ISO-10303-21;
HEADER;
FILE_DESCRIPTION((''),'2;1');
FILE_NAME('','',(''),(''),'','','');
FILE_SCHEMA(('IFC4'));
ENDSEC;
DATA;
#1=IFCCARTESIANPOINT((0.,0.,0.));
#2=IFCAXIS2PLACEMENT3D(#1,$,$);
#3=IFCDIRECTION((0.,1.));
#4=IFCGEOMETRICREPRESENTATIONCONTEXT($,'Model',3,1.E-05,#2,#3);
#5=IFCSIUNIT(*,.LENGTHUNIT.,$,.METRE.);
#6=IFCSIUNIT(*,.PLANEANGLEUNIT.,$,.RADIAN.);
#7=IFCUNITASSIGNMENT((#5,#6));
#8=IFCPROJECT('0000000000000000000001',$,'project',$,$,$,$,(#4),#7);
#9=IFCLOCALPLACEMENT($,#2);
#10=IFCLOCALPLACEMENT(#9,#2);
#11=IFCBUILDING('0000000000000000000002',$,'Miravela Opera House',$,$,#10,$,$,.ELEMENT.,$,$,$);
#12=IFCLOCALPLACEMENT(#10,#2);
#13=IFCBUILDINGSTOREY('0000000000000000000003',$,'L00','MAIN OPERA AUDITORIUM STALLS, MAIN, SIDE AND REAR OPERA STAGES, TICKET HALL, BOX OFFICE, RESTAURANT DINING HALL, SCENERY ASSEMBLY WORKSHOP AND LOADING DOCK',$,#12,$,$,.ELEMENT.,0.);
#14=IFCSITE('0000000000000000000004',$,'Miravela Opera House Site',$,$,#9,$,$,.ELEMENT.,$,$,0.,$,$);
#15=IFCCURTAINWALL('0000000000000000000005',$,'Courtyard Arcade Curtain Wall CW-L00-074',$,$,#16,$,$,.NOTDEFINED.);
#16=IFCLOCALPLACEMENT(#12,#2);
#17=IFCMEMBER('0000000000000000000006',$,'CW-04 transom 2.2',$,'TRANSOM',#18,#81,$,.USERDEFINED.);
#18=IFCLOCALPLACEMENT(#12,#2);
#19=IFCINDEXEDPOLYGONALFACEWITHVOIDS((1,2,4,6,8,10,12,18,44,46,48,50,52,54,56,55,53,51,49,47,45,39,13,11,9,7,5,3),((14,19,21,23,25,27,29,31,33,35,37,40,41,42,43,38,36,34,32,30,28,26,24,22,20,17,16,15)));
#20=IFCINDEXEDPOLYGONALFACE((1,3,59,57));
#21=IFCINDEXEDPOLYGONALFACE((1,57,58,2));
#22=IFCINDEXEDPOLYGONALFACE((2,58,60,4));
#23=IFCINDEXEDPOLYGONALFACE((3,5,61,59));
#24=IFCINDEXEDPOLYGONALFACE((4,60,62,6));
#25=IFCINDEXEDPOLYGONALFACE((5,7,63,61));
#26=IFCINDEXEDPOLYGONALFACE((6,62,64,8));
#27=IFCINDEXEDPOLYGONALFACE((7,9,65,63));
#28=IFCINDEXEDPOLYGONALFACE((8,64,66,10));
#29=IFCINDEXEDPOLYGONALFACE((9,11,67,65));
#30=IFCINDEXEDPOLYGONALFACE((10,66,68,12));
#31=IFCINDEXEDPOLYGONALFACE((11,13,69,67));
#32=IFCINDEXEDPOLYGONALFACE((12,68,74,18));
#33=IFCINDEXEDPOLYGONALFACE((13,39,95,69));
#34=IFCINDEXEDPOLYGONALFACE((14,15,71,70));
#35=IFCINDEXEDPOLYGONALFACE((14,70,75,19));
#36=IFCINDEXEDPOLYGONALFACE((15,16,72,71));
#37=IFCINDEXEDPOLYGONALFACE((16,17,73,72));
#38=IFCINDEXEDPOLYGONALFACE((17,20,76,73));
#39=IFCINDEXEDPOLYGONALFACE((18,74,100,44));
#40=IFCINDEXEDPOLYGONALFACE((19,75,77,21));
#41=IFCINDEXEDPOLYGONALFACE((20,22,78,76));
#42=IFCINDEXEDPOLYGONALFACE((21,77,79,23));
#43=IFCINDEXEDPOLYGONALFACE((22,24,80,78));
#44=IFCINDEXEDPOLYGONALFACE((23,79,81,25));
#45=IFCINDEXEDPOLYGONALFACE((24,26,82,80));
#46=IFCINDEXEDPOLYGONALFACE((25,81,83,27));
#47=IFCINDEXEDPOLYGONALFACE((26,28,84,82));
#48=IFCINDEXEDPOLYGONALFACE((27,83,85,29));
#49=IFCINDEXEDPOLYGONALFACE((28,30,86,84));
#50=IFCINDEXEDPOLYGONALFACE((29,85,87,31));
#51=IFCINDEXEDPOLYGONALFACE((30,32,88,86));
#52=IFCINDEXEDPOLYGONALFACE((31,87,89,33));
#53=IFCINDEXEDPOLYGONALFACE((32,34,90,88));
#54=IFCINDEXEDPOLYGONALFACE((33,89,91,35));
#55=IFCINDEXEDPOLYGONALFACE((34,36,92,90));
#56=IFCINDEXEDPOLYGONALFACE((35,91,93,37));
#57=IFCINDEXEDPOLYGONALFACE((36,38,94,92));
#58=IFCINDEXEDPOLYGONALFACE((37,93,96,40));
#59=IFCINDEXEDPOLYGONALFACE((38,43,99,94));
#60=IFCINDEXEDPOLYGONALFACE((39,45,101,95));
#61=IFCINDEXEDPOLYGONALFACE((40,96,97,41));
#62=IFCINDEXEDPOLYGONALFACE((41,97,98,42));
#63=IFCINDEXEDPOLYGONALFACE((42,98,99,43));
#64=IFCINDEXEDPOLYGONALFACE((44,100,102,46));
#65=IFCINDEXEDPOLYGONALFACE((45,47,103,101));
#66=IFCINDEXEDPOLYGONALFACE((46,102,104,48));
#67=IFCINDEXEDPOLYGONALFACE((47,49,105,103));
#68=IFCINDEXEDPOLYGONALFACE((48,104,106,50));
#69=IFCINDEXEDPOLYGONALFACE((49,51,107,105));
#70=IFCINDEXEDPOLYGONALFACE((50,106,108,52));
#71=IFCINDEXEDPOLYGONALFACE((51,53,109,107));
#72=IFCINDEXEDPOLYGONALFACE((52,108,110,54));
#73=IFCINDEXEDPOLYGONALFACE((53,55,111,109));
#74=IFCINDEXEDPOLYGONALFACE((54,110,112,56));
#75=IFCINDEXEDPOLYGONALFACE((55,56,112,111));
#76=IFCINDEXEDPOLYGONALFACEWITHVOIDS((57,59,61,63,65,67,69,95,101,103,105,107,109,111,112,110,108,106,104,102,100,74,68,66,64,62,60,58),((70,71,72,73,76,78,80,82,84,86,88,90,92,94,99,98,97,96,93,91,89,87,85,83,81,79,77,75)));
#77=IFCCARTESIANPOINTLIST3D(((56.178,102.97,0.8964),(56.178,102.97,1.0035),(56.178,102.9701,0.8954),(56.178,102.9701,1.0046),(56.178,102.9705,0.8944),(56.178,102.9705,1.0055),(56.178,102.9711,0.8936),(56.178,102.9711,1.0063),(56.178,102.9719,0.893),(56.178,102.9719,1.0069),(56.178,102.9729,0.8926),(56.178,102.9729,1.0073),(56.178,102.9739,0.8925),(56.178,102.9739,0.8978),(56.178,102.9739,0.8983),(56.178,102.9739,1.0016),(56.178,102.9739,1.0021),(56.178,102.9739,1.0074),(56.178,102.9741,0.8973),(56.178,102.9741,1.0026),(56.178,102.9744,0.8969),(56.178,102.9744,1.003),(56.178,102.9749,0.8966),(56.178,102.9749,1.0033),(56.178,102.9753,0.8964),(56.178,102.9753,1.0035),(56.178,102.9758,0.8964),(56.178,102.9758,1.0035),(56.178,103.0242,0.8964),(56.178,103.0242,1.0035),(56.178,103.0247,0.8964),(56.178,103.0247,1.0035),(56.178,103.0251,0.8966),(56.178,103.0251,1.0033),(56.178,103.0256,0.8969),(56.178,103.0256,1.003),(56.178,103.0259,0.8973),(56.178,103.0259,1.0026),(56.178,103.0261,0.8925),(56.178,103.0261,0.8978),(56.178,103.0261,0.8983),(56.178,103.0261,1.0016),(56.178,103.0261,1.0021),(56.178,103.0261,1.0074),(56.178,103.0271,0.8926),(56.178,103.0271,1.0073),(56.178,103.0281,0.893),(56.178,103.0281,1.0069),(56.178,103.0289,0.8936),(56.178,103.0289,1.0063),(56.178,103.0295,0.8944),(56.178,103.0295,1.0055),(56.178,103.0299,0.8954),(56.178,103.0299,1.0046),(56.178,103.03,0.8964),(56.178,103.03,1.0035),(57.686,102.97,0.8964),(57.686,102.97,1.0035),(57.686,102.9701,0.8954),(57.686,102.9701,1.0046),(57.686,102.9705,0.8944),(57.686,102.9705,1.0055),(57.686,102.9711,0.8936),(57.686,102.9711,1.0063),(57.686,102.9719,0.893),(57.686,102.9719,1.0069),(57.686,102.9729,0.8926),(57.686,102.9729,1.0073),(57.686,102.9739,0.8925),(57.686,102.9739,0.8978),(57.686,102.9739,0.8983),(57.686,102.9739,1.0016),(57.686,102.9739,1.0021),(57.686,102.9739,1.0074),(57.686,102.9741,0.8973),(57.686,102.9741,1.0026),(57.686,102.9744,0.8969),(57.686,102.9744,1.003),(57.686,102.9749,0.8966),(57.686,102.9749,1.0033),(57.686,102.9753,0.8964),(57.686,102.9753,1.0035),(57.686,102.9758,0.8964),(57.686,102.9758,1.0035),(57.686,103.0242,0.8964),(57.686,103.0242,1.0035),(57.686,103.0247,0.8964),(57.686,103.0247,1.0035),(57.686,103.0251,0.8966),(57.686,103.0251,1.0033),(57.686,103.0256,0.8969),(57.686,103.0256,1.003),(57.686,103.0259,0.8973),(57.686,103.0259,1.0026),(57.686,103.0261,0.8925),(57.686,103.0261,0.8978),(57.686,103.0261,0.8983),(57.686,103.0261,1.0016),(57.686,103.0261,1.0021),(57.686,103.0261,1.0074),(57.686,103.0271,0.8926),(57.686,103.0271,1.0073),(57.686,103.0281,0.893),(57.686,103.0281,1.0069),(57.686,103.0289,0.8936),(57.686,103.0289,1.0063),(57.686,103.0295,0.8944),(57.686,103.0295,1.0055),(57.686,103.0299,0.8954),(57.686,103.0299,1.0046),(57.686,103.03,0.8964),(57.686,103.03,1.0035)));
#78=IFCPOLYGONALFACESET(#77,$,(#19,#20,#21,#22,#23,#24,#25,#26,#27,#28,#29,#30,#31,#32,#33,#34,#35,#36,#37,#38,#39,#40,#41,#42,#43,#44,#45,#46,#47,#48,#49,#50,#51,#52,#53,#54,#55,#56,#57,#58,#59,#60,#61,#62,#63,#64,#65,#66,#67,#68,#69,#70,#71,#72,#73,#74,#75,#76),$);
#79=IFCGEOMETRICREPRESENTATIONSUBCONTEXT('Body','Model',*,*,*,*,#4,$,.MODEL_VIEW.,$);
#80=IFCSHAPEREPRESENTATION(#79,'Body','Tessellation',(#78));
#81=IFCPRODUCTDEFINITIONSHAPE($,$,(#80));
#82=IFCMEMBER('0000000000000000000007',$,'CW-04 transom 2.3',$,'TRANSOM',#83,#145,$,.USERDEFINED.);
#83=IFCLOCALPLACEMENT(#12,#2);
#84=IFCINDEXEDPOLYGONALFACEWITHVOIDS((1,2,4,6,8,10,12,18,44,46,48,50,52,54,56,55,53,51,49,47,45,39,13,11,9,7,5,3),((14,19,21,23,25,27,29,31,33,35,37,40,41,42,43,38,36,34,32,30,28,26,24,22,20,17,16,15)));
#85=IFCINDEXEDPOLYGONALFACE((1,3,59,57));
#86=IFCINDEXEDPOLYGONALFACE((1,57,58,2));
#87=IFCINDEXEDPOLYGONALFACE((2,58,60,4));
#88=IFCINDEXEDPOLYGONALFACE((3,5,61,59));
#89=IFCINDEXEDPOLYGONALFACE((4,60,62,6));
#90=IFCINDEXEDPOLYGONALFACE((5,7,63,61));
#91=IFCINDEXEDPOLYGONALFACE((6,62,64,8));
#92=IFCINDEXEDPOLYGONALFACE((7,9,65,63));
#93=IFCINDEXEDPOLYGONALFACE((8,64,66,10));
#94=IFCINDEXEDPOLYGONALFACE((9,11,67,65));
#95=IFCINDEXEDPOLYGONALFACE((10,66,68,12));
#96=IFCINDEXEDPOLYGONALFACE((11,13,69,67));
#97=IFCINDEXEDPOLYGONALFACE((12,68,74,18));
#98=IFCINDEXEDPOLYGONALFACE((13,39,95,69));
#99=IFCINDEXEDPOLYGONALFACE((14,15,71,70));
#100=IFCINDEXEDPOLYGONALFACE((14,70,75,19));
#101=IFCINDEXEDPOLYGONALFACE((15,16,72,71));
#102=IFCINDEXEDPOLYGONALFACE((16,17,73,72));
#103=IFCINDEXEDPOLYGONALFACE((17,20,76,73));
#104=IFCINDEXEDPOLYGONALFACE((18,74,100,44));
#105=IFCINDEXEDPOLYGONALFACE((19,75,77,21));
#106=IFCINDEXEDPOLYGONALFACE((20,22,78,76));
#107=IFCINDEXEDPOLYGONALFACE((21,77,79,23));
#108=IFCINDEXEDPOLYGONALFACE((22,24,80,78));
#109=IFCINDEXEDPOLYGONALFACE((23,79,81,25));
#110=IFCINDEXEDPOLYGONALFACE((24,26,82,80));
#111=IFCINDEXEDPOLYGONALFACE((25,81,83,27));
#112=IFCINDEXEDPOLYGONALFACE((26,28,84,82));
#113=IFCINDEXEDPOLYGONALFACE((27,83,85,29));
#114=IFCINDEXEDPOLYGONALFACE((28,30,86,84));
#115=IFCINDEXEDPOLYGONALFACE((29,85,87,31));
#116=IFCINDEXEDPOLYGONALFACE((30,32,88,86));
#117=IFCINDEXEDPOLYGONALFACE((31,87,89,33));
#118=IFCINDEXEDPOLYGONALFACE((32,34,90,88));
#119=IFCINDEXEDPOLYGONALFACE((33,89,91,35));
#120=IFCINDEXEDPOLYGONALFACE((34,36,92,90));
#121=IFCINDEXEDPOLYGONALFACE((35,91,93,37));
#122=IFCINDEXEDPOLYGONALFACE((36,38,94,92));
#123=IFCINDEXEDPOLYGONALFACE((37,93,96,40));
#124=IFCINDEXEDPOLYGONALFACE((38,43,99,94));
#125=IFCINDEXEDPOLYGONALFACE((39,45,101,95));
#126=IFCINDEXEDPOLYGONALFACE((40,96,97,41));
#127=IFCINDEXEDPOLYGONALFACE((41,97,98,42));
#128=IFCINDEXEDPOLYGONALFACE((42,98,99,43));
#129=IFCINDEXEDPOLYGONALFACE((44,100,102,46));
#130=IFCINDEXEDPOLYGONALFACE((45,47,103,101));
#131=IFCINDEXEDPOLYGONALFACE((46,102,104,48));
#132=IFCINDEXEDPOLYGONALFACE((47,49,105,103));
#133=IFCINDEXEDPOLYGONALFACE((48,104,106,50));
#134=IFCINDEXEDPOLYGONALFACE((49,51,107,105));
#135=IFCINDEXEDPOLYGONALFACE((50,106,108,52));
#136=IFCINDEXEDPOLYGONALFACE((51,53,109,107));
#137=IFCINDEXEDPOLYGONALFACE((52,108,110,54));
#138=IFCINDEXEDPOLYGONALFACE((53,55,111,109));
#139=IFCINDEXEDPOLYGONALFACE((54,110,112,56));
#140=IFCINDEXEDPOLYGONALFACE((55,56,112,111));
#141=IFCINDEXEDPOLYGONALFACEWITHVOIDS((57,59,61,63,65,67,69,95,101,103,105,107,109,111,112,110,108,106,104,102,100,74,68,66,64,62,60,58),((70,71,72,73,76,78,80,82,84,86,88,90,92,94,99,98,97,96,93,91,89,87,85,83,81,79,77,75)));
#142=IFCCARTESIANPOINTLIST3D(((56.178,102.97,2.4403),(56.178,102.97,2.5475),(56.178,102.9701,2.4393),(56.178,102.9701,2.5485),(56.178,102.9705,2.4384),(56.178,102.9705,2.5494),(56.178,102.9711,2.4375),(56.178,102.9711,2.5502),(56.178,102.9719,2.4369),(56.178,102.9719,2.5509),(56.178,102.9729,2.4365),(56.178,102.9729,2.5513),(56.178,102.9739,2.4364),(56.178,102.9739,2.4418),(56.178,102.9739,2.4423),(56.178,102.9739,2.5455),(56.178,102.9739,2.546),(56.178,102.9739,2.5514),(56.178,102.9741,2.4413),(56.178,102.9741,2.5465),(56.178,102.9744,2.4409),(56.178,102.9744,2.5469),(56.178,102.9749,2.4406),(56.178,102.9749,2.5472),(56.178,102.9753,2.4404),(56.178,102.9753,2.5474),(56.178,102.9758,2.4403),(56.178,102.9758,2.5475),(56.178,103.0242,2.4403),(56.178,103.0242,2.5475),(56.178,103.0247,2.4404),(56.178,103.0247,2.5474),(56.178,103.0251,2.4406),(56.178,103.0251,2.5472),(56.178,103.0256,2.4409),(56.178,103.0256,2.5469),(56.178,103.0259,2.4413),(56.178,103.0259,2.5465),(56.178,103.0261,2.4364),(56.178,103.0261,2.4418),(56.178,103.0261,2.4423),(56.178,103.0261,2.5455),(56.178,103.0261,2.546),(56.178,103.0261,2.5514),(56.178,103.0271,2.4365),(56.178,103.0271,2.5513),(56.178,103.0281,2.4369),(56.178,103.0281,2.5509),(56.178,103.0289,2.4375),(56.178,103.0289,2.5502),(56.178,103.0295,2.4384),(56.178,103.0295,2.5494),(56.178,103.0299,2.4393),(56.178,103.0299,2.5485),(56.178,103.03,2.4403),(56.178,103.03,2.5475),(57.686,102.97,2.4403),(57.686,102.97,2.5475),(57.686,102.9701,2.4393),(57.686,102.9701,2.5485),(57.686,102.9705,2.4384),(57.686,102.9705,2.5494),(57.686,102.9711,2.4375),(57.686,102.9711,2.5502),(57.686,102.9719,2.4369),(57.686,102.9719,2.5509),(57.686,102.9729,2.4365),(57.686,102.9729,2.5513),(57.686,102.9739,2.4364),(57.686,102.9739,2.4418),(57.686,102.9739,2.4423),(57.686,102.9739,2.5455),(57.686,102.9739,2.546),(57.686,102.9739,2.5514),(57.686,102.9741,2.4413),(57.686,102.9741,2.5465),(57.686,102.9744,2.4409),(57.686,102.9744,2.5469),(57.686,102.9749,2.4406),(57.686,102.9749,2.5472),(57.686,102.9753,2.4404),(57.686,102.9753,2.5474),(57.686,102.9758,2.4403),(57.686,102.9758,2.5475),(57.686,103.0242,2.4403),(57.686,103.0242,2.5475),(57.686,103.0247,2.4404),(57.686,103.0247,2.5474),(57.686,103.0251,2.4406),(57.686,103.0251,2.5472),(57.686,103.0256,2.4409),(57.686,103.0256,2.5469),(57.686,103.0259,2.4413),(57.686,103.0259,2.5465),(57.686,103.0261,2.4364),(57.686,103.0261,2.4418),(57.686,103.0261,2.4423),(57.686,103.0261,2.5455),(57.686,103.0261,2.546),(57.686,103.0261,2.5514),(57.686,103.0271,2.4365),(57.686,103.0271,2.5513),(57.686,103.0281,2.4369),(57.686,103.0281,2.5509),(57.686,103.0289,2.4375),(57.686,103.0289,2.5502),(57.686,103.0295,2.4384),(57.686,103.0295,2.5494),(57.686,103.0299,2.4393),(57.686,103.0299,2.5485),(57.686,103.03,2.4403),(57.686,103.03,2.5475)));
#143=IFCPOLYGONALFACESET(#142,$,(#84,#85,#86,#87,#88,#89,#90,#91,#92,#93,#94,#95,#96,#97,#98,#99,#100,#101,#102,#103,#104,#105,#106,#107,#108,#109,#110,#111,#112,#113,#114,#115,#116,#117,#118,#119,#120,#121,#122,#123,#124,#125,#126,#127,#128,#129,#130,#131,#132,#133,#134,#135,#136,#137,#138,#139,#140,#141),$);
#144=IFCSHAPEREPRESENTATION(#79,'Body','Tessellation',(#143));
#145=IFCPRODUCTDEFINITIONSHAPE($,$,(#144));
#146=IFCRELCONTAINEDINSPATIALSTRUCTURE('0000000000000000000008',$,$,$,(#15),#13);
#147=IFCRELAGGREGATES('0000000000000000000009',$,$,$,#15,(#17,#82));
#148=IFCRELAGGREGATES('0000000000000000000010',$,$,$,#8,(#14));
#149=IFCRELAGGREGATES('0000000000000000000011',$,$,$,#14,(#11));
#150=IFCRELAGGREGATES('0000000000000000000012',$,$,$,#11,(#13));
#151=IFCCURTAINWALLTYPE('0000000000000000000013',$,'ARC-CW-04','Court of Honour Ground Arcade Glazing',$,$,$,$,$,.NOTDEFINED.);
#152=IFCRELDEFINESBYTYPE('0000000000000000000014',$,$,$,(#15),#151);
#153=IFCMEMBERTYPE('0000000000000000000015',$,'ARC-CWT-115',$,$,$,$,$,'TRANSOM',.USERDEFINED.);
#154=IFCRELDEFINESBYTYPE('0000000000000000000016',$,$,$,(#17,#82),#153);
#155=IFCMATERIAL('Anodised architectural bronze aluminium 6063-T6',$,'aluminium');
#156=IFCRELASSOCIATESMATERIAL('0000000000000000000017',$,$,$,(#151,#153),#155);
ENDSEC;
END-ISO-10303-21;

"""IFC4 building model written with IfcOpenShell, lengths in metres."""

from ifc_helpers import new_model, si_unit, direction, frame, origin, origin_2d, place, context, subcontext, project, spatial, hollow_rectangle, extrude, material, material_profile, profile_set, type_object, element, aggregate, save


model = new_model("IFC4")

# Units and contexts
model_context = context("Model", 3, precision=1e-05, world=origin(), true_north=direction((0.0, 1.0)))
body_context = subcontext(model_context, "Body", "Model", "MODEL_VIEW")
ifc_project = project(units=[si_unit("LENGTHUNIT", "METRE"), si_unit("PLANEANGLEUNIT", "RADIAN")], contexts=[model_context])

# Site, building, storey
site_placement = place(None, origin())
site = spatial("IfcSite", under=ifc_project, at=site_placement, Name="Miravela Opera House Site", CompositionType="ELEMENT", RefElevation=0.0)
building_placement = place(site_placement, origin())
building = spatial("IfcBuilding", under=site, at=building_placement, Name="Miravela Opera House", CompositionType="ELEMENT")
storey_placement = place(building_placement, origin())
storey = spatial("IfcBuildingStorey", under=building, at=storey_placement, Name="L00", Description="MAIN OPERA AUDITORIUM STALLS, MAIN, SIDE AND REAR OPERA STAGES, TICKET HALL, BOX OFFICE, RESTAURANT DINING HALL, SCENERY ASSEMBLY WORKSHOP AND LOADING DOCK", CompositionType="ELEMENT", Elevation=0.0)

# Curtain wall, members
ifc_material_1 = material(Name="Anodised architectural bronze aluminium 6063-T6", Category="aluminium")
curtain_wall_type = type_object("IfcCurtainWallType", Name="ARC-CW-04", Description="Court of Honour Ground Arcade Glazing", PredefinedType="NOTDEFINED", material=ifc_material_1)
curtain_wall_placement = place(storey_placement, origin())
curtain_wall = element("IfcCurtainWall", 1, at=curtain_wall_placement, inside=storey, type_object=curtain_wall_type, Name="Courtyard Arcade Curtain Wall CW-L00-074", PredefinedType="NOTDEFINED")
ifc_material_profile_1 = material_profile(ifc_material_1, hollow_rectangle(XDim=0.0601, YDim=0.115, WallThickness=0.0039, InnerFilletRadius=0.002, OuterFilletRadius=0.0039, at=origin_2d()), Name="CWT-60X115")
ifc_profile_set_1 = profile_set([ifc_material_profile_1])
member_type_1 = type_object("IfcMemberType", Name="ARC-CWT-115", ElementType="TRANSOM", PredefinedType="USERDEFINED", material=ifc_profile_set_1)
member_1_placement = place(storey_placement, frame((56.178, 103.0, 0.95), z_axis=(1.0, 0.0, 0.0), x_axis=(0.0, 1.0, 0.0)))
member_1 = element("IfcMember", 2, at=member_1_placement, type_object=member_type_1, Name="CW-04 transom 2.2", ObjectType="TRANSOM", PredefinedType="USERDEFINED", context=body_context, shape_type="SweptSolid", body=[
    extrude(hollow_rectangle(XDim=0.0601, YDim=0.115, WallThickness=0.0039, InnerFilletRadius=0.002, OuterFilletRadius=0.0039, at=origin_2d()), origin(), (0.0, 0.0, 1.0), 1.5081),
])
member_2_placement = place(storey_placement, frame((56.178, 103.0, 2.4939), z_axis=(1.0, 0.0, 0.0), x_axis=(0.0, 1.0, 0.0)))
member_2 = element("IfcMember", 3, at=member_2_placement, type_object=member_type_1, Name="CW-04 transom 2.3", ObjectType="TRANSOM", PredefinedType="USERDEFINED", context=body_context, shape_type="SweptSolid", body=[
    extrude(hollow_rectangle(XDim=0.0601, YDim=0.115, WallThickness=0.0039, InnerFilletRadius=0.002, OuterFilletRadius=0.0039, at=origin_2d()), origin(), (0.0, 0.0, 1.0), 1.5081),
])

aggregate(curtain_wall, [member_1, member_2])

save(model, "model.ifc")
